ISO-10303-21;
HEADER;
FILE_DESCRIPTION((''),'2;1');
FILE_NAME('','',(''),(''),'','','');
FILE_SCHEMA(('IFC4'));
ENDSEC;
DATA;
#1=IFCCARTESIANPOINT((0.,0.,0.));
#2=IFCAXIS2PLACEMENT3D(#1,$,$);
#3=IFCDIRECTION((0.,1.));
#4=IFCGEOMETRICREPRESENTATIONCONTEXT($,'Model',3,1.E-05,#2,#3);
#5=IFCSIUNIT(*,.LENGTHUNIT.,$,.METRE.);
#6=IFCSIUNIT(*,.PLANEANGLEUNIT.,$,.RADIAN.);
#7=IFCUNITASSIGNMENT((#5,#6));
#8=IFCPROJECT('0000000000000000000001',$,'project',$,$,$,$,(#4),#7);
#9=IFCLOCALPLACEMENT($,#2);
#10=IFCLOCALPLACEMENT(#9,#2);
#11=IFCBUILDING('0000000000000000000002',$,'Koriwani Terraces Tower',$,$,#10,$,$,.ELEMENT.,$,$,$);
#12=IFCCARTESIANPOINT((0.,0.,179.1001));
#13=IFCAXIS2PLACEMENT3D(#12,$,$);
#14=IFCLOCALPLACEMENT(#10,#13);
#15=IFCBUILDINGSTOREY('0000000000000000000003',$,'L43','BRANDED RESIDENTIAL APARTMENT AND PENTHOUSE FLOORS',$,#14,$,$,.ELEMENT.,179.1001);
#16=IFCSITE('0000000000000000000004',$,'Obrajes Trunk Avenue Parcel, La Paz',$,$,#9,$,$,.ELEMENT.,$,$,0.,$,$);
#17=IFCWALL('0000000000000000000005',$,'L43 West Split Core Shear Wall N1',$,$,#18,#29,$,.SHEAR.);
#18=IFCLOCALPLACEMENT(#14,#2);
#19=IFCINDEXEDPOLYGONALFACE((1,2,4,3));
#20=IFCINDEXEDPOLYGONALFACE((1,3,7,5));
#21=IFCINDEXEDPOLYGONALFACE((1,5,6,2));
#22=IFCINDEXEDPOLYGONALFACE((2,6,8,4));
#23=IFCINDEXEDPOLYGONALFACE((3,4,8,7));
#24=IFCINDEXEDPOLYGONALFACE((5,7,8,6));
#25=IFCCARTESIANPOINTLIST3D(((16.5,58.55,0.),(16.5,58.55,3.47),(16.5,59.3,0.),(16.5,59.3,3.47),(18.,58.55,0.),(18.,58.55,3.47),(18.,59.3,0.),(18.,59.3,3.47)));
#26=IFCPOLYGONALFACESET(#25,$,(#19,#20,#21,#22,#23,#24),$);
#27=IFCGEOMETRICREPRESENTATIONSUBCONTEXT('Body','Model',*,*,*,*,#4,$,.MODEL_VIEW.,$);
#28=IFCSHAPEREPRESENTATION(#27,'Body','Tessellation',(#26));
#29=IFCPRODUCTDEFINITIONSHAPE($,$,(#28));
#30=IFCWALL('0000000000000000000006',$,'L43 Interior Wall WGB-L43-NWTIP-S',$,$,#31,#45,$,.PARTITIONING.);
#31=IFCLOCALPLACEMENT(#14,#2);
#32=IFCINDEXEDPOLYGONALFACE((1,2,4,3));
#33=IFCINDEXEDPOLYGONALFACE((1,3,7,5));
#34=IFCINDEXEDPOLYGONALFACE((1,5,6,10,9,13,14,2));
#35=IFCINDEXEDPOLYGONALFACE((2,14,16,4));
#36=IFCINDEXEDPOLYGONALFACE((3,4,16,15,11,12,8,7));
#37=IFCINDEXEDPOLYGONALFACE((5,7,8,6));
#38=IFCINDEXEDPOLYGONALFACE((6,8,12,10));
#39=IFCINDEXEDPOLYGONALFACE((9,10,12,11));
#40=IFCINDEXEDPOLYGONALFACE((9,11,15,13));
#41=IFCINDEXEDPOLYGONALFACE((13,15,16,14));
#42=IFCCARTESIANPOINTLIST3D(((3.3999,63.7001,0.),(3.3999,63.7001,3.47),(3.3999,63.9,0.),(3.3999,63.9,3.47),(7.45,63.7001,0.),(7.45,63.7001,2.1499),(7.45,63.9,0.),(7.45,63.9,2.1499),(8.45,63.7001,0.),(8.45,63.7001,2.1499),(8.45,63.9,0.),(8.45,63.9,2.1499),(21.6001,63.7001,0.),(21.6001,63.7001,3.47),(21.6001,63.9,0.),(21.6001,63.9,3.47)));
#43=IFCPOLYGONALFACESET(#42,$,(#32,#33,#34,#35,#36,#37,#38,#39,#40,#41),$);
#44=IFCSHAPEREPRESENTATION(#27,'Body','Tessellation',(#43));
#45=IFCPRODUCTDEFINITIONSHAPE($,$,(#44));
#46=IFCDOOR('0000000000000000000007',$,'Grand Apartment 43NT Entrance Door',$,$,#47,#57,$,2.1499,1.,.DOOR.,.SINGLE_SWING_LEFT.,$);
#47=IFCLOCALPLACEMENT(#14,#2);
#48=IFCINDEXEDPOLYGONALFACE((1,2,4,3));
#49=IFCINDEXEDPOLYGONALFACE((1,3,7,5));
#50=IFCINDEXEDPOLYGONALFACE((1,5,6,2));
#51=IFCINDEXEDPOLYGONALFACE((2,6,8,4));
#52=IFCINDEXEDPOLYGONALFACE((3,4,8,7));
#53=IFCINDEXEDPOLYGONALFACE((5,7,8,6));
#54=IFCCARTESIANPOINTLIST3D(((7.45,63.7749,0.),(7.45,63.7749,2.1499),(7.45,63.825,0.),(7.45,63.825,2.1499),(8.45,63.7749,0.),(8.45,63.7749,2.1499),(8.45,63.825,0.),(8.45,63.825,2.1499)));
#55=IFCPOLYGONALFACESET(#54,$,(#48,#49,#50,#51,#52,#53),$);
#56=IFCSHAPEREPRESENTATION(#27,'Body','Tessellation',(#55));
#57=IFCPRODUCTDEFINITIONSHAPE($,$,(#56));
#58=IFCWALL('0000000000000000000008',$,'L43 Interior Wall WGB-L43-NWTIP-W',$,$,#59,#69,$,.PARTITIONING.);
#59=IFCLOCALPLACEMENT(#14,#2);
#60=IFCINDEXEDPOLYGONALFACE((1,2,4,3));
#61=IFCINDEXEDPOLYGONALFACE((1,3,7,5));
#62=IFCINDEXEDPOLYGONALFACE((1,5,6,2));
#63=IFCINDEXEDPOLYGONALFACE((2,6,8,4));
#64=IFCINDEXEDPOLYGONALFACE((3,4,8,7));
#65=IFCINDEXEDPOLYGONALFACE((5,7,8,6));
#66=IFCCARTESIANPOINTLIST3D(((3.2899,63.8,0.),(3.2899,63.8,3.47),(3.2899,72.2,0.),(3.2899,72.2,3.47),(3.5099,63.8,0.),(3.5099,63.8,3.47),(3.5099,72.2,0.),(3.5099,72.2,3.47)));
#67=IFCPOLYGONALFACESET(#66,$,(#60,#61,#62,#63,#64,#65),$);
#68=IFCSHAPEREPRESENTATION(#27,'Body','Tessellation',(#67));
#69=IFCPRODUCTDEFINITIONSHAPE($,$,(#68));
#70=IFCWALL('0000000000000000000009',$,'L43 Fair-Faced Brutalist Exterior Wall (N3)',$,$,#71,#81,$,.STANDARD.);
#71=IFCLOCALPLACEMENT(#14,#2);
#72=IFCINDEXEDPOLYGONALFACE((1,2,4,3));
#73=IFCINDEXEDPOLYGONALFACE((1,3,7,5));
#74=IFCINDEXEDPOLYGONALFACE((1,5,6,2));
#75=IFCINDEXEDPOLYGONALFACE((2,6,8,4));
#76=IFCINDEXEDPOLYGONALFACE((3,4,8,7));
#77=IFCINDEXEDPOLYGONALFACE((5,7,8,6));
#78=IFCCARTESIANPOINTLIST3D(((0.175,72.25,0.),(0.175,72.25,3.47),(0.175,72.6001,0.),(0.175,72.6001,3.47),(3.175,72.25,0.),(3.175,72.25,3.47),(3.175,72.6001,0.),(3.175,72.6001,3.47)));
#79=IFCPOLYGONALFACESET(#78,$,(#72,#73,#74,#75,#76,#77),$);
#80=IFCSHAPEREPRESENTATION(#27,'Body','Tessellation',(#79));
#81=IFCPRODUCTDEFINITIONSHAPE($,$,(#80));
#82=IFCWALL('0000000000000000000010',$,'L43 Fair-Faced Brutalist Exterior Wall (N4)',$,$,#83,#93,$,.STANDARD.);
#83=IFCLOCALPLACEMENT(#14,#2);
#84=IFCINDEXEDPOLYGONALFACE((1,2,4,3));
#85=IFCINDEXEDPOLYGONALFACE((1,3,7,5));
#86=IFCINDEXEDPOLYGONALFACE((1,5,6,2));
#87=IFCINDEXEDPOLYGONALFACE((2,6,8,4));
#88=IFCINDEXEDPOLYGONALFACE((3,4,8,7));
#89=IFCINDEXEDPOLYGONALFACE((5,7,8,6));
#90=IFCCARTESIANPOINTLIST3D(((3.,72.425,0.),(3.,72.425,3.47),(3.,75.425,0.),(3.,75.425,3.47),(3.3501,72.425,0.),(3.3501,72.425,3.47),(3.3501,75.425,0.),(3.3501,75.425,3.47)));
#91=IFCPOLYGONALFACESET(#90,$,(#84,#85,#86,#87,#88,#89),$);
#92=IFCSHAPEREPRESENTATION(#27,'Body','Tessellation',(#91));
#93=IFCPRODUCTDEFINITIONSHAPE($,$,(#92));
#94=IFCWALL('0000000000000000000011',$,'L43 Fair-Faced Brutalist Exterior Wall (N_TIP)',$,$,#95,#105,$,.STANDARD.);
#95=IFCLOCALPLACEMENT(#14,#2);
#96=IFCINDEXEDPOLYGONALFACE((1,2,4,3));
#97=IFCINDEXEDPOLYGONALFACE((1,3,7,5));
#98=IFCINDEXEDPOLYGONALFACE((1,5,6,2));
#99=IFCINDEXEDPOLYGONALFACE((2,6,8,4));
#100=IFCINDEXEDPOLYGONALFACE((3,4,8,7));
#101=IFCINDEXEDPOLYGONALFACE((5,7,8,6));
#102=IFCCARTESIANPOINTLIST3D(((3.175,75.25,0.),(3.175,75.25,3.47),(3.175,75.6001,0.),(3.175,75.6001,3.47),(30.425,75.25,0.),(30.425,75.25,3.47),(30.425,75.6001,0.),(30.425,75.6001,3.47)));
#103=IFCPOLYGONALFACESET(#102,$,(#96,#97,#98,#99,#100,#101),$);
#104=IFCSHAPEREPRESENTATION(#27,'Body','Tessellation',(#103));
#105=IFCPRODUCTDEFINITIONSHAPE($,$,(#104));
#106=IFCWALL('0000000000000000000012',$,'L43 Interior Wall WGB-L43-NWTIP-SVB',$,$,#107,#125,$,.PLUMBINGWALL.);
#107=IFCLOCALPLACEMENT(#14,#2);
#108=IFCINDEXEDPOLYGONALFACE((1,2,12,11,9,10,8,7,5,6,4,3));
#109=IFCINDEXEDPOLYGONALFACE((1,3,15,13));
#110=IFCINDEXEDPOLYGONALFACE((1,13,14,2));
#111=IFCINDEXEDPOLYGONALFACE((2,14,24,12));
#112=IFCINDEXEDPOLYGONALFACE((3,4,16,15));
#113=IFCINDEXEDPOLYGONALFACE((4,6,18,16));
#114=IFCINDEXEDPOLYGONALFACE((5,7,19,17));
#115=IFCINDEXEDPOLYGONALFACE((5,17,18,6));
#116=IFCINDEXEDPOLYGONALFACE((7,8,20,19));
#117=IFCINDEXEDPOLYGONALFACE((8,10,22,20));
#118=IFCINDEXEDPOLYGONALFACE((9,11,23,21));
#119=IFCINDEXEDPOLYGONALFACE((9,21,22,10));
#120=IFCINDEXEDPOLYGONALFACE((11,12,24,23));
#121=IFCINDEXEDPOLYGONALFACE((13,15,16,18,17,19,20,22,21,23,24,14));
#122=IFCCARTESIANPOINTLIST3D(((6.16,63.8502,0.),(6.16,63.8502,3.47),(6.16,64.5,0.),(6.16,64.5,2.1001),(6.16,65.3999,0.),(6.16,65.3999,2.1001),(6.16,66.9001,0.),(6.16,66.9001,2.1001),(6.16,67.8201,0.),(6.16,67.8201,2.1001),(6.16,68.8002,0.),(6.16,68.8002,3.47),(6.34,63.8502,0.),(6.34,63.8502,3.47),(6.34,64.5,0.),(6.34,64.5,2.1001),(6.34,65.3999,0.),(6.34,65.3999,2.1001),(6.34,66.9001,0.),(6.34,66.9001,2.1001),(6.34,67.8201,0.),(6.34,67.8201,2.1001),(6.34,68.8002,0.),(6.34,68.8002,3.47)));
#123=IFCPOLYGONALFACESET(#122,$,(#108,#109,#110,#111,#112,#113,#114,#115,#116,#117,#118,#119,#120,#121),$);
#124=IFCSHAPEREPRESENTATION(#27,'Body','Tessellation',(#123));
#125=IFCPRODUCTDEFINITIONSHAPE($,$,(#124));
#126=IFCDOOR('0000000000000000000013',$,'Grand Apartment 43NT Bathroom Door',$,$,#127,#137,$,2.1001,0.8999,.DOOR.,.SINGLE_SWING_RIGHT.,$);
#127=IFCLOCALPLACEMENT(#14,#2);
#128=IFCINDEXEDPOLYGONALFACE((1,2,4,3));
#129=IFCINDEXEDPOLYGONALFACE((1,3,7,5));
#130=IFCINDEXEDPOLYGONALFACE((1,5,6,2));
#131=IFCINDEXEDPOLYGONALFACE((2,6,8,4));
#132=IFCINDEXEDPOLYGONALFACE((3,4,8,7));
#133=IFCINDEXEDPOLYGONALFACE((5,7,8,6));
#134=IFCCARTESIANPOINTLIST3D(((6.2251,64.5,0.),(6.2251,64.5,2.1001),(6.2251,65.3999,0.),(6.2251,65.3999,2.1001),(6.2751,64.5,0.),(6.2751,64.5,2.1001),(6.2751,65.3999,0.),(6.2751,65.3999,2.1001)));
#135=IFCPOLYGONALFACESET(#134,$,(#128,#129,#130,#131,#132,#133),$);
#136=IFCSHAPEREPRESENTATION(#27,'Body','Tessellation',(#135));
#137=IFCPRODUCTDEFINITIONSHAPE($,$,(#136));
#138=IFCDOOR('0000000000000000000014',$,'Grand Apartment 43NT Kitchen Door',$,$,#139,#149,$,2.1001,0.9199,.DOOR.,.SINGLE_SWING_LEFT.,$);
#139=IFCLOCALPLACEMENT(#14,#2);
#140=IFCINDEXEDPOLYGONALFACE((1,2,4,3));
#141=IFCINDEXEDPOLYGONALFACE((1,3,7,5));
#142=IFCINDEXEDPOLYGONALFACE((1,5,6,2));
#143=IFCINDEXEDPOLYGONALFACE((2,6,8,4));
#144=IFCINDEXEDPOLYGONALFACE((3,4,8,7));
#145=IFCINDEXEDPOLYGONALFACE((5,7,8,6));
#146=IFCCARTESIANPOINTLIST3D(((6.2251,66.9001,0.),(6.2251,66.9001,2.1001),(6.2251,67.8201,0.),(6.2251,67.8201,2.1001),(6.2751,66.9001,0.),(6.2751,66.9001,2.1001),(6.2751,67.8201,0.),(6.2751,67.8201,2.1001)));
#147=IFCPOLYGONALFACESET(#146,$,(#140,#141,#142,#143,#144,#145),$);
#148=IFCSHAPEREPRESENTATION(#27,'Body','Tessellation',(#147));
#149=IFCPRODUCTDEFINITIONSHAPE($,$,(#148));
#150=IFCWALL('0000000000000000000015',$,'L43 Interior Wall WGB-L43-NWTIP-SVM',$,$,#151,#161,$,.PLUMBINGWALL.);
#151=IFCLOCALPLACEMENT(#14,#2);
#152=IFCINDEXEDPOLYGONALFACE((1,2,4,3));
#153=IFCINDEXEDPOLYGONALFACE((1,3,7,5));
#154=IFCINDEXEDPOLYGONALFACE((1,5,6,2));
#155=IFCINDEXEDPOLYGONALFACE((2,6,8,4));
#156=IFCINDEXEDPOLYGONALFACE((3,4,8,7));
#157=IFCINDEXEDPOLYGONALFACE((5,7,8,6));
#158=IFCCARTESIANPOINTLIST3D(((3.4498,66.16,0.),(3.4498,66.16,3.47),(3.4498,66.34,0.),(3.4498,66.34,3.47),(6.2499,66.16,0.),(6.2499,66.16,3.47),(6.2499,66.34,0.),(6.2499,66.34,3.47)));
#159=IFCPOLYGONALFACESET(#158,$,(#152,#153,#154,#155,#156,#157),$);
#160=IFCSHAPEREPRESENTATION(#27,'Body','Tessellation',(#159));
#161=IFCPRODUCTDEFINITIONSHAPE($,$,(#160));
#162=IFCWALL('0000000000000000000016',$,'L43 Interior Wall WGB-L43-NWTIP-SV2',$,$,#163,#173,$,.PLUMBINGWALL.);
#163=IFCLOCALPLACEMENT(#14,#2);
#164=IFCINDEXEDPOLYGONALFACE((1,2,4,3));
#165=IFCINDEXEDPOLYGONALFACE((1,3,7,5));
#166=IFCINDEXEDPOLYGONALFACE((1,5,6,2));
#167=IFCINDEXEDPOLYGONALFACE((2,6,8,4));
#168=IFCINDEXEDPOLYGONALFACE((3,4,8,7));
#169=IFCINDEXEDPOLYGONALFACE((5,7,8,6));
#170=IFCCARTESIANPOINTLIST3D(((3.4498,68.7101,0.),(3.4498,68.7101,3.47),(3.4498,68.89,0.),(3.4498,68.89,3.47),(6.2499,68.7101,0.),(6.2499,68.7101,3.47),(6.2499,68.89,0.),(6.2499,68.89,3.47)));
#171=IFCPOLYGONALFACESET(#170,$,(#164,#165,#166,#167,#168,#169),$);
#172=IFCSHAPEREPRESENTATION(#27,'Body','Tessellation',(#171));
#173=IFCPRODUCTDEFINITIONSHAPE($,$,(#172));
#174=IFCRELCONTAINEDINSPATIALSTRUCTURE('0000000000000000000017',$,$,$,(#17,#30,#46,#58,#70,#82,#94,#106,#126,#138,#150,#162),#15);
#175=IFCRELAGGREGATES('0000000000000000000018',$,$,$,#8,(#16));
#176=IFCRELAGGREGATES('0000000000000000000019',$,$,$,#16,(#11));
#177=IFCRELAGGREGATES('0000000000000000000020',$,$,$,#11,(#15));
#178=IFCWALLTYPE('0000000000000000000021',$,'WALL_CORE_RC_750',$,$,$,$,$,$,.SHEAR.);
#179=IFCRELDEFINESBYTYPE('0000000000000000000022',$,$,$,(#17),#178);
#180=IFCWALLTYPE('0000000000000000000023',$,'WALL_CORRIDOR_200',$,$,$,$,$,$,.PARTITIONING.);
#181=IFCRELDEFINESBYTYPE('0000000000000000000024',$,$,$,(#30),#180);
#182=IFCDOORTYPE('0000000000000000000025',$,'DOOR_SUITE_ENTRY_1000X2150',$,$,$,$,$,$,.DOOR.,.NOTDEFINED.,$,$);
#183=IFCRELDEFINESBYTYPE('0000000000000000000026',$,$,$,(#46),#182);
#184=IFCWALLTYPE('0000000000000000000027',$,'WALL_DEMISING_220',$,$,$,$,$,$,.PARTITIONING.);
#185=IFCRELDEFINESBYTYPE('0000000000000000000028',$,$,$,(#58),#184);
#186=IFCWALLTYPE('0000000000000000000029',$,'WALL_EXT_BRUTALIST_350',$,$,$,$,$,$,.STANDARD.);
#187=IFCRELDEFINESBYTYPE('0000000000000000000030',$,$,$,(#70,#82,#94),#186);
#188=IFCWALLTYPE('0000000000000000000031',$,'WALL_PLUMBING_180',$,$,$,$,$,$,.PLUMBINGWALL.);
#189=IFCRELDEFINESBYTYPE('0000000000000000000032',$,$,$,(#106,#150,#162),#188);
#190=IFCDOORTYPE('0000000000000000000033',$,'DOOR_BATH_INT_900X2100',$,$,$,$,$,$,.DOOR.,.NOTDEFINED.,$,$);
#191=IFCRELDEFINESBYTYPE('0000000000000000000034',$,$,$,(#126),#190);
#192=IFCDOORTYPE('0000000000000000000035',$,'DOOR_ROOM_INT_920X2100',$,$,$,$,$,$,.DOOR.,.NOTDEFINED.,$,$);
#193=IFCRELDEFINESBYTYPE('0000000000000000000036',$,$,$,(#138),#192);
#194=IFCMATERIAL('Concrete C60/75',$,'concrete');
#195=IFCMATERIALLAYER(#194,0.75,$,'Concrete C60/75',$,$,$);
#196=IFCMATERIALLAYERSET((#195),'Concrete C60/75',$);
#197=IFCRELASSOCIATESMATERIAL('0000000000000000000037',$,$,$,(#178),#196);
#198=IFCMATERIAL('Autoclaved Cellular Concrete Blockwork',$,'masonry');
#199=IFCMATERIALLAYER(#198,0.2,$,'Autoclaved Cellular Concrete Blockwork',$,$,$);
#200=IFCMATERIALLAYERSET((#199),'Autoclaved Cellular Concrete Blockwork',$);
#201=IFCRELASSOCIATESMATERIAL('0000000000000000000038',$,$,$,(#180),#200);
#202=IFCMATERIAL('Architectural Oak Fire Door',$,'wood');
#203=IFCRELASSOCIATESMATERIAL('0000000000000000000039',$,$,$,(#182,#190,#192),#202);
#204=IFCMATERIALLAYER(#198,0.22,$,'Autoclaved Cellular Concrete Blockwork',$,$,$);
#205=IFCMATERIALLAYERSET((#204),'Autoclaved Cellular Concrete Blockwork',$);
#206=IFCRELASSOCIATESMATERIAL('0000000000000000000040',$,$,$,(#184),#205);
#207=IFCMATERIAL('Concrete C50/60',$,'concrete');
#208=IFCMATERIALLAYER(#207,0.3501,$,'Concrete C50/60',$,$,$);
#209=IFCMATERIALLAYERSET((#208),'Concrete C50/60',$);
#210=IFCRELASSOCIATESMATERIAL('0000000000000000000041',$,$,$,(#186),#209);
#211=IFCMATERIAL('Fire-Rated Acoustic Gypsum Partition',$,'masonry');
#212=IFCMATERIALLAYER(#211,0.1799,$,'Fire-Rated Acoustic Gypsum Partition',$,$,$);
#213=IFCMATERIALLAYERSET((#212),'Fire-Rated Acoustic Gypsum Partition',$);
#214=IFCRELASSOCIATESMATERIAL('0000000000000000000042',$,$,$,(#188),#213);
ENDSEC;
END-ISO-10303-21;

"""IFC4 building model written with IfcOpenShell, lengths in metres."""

from ifc_helpers import new_model, si_unit, direction, frame, frame_2d, origin, place, context, subcontext, project, spatial, rectangle, extrude, material, layer, layer_set, type_object, element, fill, save


model = new_model("IFC4")

# Units and contexts
model_context = context("Model", 3, precision=1e-05, world=origin(), true_north=direction((0.0, 1.0)))
body_context = subcontext(model_context, "Body", "Model", "MODEL_VIEW")
ifc_project = project(units=[si_unit("LENGTHUNIT", "METRE"), si_unit("PLANEANGLEUNIT", "RADIAN")], contexts=[model_context])

# Site, building, storey
site_placement = place(None, origin())
site = spatial("IfcSite", under=ifc_project, at=site_placement, Name="Obrajes Trunk Avenue Parcel, La Paz", CompositionType="ELEMENT", RefElevation=0.0)
building_placement = place(site_placement, origin())
building = spatial("IfcBuilding", under=site, at=building_placement, Name="Koriwani Terraces Tower", CompositionType="ELEMENT")
storey_placement = place(building_placement, frame((0.0, 0.0, 179.1001)))
storey = spatial("IfcBuildingStorey", under=building, at=storey_placement, Name="L43", Description="BRANDED RESIDENTIAL APARTMENT AND PENTHOUSE FLOORS", CompositionType="ELEMENT", Elevation=179.1001)

# Shared definitions
ifc_material_1 = material(Name="Concrete C50/60", Category="concrete")

# Wall
ifc_material_2 = material(Name="Concrete C60/75", Category="concrete")
ifc_layer_1 = layer(ifc_material_2, 0.75, Name="Concrete C60/75")
ifc_layer_set_1 = layer_set([ifc_layer_1], Name="Concrete C60/75")
wall_type_1 = type_object("IfcWallType", Name="WALL_CORE_RC_750", PredefinedType="SHEAR", material=ifc_layer_set_1)
wall_1_placement = place(storey_placement, frame((16.5, 58.925, 0.0), z_axis=(0.0, 0.0, 1.0), x_axis=(1.0, 0.0, 0.0)))
element("IfcWall", 1, at=wall_1_placement, inside=storey, type_object=wall_type_1, Name="L43 West Split Core Shear Wall N1", PredefinedType="SHEAR", context=body_context, shape_type="SweptSolid", body=[
    extrude(rectangle(XDim=1.5, YDim=0.75, at=frame_2d((0.75, 0.0))), origin(), (0.0, 0.0, 1.0), 3.47),
])

# Wall, opening, door
ifc_material_3 = material(Name="Autoclaved Cellular Concrete Blockwork", Category="masonry")
ifc_layer_2 = layer(ifc_material_3, 0.2, Name="Autoclaved Cellular Concrete Blockwork")
ifc_layer_set_2 = layer_set([ifc_layer_2], Name="Autoclaved Cellular Concrete Blockwork")
wall_type_2 = type_object("IfcWallType", Name="WALL_CORRIDOR_200", PredefinedType="PARTITIONING", material=ifc_layer_set_2)
wall_2_placement = place(storey_placement, frame((3.3999, 63.8, 0.0), z_axis=(0.0, 0.0, 1.0), x_axis=(1.0, 0.0, 0.0)))
wall_2 = element("IfcWall", 2, at=wall_2_placement, inside=storey, type_object=wall_type_2, Name="L43 Interior Wall WGB-L43-NWTIP-S", PredefinedType="PARTITIONING", context=body_context, shape_type="SweptSolid", body=[
    extrude(rectangle(XDim=18.2002, YDim=0.2, at=frame_2d((9.1001, 0.0))), origin(), (0.0, 0.0, 1.0), 3.47),
])
opening_1_placement = place(wall_2_placement, frame((4.05, 0.0, 0.0)))
opening_1 = element("IfcOpeningElement", 3, at=opening_1_placement, cuts=wall_2, PredefinedType="OPENING", context=body_context, shape_type="SweptSolid", body=[
    extrude(rectangle(XDim=1.0, YDim=2.1499, at=frame_2d((0.5, 1.075))), frame((0.0, 0.1099, 0.0), z_axis=(0.0, -1.0, 0.0), x_axis=(1.0, 0.0, 0.0)), (0.0, 0.0, 1.0), 0.22),
])
ifc_material_4 = material(Name="Architectural Oak Fire Door", Category="wood")
door_type_1 = type_object("IfcDoorType", Name="DOOR_SUITE_ENTRY_1000X2150", OperationType="NOTDEFINED", PredefinedType="DOOR", material=ifc_material_4)
door_1_placement = place(opening_1_placement, origin())
door_1 = element("IfcDoor", 4, at=door_1_placement, inside=storey, type_object=door_type_1, Name="Grand Apartment 43NT Entrance Door", OperationType="SINGLE_SWING_LEFT", OverallHeight=2.1499, OverallWidth=1.0, PredefinedType="DOOR", context=body_context, shape_type="SweptSolid", body=[
    extrude(rectangle(XDim=1.0, YDim=2.1499, at=frame_2d((0.5, 1.075))), frame((0.0, 0.0249, 0.0), z_axis=(0.0, -1.0, 0.0), x_axis=(1.0, 0.0, 0.0)), (0.0, 0.0, 1.0), 0.05),
])
fill(opening_1, door_1)

# Walls
ifc_layer_3 = layer(ifc_material_3, 0.22, Name="Autoclaved Cellular Concrete Blockwork")
ifc_layer_set_3 = layer_set([ifc_layer_3], Name="Autoclaved Cellular Concrete Blockwork")
wall_type_3 = type_object("IfcWallType", Name="WALL_DEMISING_220", PredefinedType="PARTITIONING", material=ifc_layer_set_3)
wall_3_placement = place(storey_placement, frame((3.3999, 63.8, 0.0), z_axis=(0.0, 0.0, 1.0), x_axis=(0.0, 1.0, 0.0)))
element("IfcWall", 5, at=wall_3_placement, inside=storey, type_object=wall_type_3, Name="L43 Interior Wall WGB-L43-NWTIP-W", PredefinedType="PARTITIONING", context=body_context, shape_type="SweptSolid", body=[
    extrude(rectangle(XDim=8.3999, YDim=0.22, at=frame_2d((4.2, 0.0))), origin(), (0.0, 0.0, 1.0), 3.47),
])
ifc_layer_4 = layer(ifc_material_1, 0.3501, Name="Concrete C50/60")
ifc_layer_set_4 = layer_set([ifc_layer_4], Name="Concrete C50/60")
wall_type_4 = type_object("IfcWallType", Name="WALL_EXT_BRUTALIST_350", PredefinedType="STANDARD", material=ifc_layer_set_4)
for number, where, z_axis, x_axis, name in (
    (6, (0.175, 72.425, 0.0), (0.0, 0.0, 1.0), (1.0, 0.0, 0.0), "L43 Fair-Faced Brutalist Exterior Wall (N3)"),
    (7, (3.175, 72.425, 0.0), (0.0, 0.0, 1.0), (0.0, 1.0, 0.0), "L43 Fair-Faced Brutalist Exterior Wall (N4)"),
):
    element("IfcWall", number, at=place(storey_placement, frame(where, z_axis=z_axis, x_axis=x_axis)), inside=storey, type_object=wall_type_4, Name=name, PredefinedType="STANDARD", context=body_context, shape_type="SweptSolid", body=[
        extrude(rectangle(XDim=3.0, YDim=0.3501, at=frame_2d((1.5, 0.0))), origin(), (0.0, 0.0, 1.0), 3.47),
    ])
wall_4_placement = place(storey_placement, frame((3.175, 75.425, 0.0), z_axis=(0.0, 0.0, 1.0), x_axis=(1.0, 0.0, 0.0)))
element("IfcWall", 8, at=wall_4_placement, inside=storey, type_object=wall_type_4, Name="L43 Fair-Faced Brutalist Exterior Wall (N_TIP)", PredefinedType="STANDARD", context=body_context, shape_type="SweptSolid", body=[
    extrude(rectangle(XDim=27.25, YDim=0.3501, at=frame_2d((13.625, 0.0))), origin(), (0.0, 0.0, 1.0), 3.47),
])

# Wall, openings, doors
ifc_material_5 = material(Name="Fire-Rated Acoustic Gypsum Partition", Category="masonry")
ifc_layer_5 = layer(ifc_material_5, 0.1799, Name="Fire-Rated Acoustic Gypsum Partition")
ifc_layer_set_5 = layer_set([ifc_layer_5], Name="Fire-Rated Acoustic Gypsum Partition")
wall_type_5 = type_object("IfcWallType", Name="WALL_PLUMBING_180", PredefinedType="PLUMBINGWALL", material=ifc_layer_set_5)
wall_5_placement = place(storey_placement, frame((6.25, 63.8501, 0.0), z_axis=(0.0, 0.0, 1.0), x_axis=(0.0, 1.0, 0.0)))
wall_5 = element("IfcWall", 9, at=wall_5_placement, inside=storey, type_object=wall_type_5, Name="L43 Interior Wall WGB-L43-NWTIP-SVB", PredefinedType="PLUMBINGWALL", context=body_context, shape_type="SweptSolid", body=[
    extrude(rectangle(XDim=4.95, YDim=0.1799, at=frame_2d((2.4751, 0.0))), origin(), (0.0, 0.0, 1.0), 3.47),
])
opening_2_placement = place(wall_5_placement, frame((0.6499, 0.0, 0.0)))
opening_2 = element("IfcOpeningElement", 10, at=opening_2_placement, cuts=wall_5, PredefinedType="OPENING", context=body_context, shape_type="SweptSolid", body=[
    extrude(rectangle(XDim=0.8999, YDim=2.1001, at=frame_2d((0.45, 1.05))), frame((0.0, 0.1001, 0.0), z_axis=(0.0, -1.0, 0.0), x_axis=(1.0, 0.0, 0.0)), (0.0, 0.0, 1.0), 0.2),
])
opening_3_placement = place(wall_5_placement, frame((3.05, 0.0, 0.0)))
opening_3 = element("IfcOpeningElement", 11, at=opening_3_placement, cuts=wall_5, PredefinedType="OPENING", context=body_context, shape_type="SweptSolid", body=[
    extrude(rectangle(XDim=0.9199, YDim=2.1001, at=frame_2d((0.46, 1.05))), frame((0.0, 0.1001, 0.0), z_axis=(0.0, -1.0, 0.0), x_axis=(1.0, 0.0, 0.0)), (0.0, 0.0, 1.0), 0.2),
])
door_type_2 = type_object("IfcDoorType", Name="DOOR_BATH_INT_900X2100", OperationType="NOTDEFINED", PredefinedType="DOOR", material=ifc_material_4)
door_2_placement = place(opening_2_placement, origin())
door_2 = element("IfcDoor", 12, at=door_2_placement, inside=storey, type_object=door_type_2, Name="Grand Apartment 43NT Bathroom Door", OperationType="SINGLE_SWING_RIGHT", OverallHeight=2.1001, OverallWidth=0.8999, PredefinedType="DOOR", context=body_context, shape_type="SweptSolid", body=[
    extrude(rectangle(XDim=0.8999, YDim=2.1001, at=frame_2d((0.45, 1.05))), frame((0.0, 0.0249, 0.0), z_axis=(0.0, -1.0, 0.0), x_axis=(1.0, 0.0, 0.0)), (0.0, 0.0, 1.0), 0.05),
])
fill(opening_2, door_2)
door_type_3 = type_object("IfcDoorType", Name="DOOR_ROOM_INT_920X2100", OperationType="NOTDEFINED", PredefinedType="DOOR", material=ifc_material_4)
door_3_placement = place(opening_3_placement, origin())
door_3 = element("IfcDoor", 13, at=door_3_placement, inside=storey, type_object=door_type_3, Name="Grand Apartment 43NT Kitchen Door", OperationType="SINGLE_SWING_LEFT", OverallHeight=2.1001, OverallWidth=0.9199, PredefinedType="DOOR", context=body_context, shape_type="SweptSolid", body=[
    extrude(rectangle(XDim=0.9199, YDim=2.1001, at=frame_2d((0.46, 1.05))), frame((0.0, 0.0249, 0.0), z_axis=(0.0, -1.0, 0.0), x_axis=(1.0, 0.0, 0.0)), (0.0, 0.0, 1.0), 0.05),
])
fill(opening_3, door_3)

# Walls
for number, where, z_axis, x_axis, name in (
    (14, (3.45, 66.25, 0.0), (0.0, 0.0, 1.0), (1.0, 0.0, 0.0), "L43 Interior Wall WGB-L43-NWTIP-SVM"),
    (15, (3.45, 68.8, 0.0), (0.0, 0.0, 1.0), (1.0, 0.0, 0.0), "L43 Interior Wall WGB-L43-NWTIP-SV2"),
):
    element("IfcWall", number, at=place(storey_placement, frame(where, z_axis=z_axis, x_axis=x_axis)), inside=storey, type_object=wall_type_5, Name=name, PredefinedType="PLUMBINGWALL", context=body_context, shape_type="SweptSolid", body=[
        extrude(rectangle(XDim=2.8, YDim=0.1799, at=frame_2d((1.3999, 0.0))), origin(), (0.0, 0.0, 1.0), 3.47),
    ])

save(model, "model.ifc")
